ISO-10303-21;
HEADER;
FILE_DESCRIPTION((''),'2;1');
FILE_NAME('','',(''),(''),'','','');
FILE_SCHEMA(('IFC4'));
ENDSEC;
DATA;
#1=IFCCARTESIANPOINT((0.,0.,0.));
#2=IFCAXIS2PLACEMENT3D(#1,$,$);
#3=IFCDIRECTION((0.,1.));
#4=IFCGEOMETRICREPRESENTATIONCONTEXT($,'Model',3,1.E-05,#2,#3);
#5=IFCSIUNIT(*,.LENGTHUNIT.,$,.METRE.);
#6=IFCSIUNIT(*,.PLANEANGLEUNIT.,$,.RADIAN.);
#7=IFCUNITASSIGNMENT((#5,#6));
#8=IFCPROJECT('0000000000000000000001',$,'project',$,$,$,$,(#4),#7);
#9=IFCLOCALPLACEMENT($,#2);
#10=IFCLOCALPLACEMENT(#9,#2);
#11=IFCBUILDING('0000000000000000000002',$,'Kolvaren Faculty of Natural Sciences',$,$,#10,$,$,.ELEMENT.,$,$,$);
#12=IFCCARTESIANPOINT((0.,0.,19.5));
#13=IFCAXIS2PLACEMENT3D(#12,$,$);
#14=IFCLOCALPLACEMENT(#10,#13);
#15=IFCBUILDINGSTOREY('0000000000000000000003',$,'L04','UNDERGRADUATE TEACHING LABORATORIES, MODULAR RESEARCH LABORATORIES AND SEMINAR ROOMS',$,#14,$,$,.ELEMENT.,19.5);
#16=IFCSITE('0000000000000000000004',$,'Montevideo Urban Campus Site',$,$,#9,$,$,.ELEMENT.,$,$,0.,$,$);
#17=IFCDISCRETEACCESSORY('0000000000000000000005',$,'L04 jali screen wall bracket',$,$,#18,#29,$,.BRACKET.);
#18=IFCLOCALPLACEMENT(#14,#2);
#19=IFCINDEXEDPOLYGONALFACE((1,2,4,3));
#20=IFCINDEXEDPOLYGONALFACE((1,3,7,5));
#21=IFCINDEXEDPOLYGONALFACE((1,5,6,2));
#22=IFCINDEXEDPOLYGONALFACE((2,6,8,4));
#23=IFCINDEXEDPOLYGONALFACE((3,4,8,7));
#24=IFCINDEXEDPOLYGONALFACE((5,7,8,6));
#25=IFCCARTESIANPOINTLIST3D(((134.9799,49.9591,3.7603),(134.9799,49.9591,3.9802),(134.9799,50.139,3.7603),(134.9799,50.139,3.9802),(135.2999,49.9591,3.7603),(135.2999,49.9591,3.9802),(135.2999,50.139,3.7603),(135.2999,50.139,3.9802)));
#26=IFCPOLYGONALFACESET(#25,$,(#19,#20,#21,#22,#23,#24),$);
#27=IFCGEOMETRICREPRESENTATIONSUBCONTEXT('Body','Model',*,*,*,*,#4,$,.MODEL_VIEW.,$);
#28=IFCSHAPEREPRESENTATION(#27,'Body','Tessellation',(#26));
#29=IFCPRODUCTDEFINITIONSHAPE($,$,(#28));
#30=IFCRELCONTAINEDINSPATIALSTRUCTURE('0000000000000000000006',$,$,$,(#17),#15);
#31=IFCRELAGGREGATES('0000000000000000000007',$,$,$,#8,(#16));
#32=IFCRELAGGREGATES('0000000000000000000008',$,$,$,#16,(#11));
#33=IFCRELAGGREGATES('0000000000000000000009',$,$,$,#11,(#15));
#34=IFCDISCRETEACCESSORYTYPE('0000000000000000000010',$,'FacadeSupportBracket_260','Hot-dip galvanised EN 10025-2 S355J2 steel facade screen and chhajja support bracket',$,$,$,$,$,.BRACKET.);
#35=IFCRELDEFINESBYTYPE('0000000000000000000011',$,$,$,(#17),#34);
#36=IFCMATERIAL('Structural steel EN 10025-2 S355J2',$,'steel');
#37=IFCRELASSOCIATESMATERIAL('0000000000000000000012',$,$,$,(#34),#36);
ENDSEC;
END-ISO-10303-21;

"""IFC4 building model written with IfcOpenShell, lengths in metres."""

from ifc_helpers import new_model, si_unit, direction, frame, origin, origin_2d, place, context, subcontext, project, spatial, rectangle, extrude, material, type_object, element, save


model = new_model("IFC4")

# Units and contexts
model_context = context("Model", 3, precision=1e-05, world=origin(), true_north=direction((0.0, 1.0)))
body_context = subcontext(model_context, "Body", "Model", "MODEL_VIEW")
ifc_project = project(units=[si_unit("LENGTHUNIT", "METRE"), si_unit("PLANEANGLEUNIT", "RADIAN")], contexts=[model_context])

# Site, building, storey
site_placement = place(None, origin())
site = spatial("IfcSite", under=ifc_project, at=site_placement, Name="Montevideo Urban Campus Site", CompositionType="ELEMENT", RefElevation=0.0)
building_placement = place(site_placement, origin())
building = spatial("IfcBuilding", under=site, at=building_placement, Name="Kolvaren Faculty of Natural Sciences", CompositionType="ELEMENT")
storey_placement = place(building_placement, frame((0.0, 0.0, 19.5)))
storey = spatial("IfcBuildingStorey", under=building, at=storey_placement, Name="L04", Description="UNDERGRADUATE TEACHING LABORATORIES, MODULAR RESEARCH LABORATORIES AND SEMINAR ROOMS", CompositionType="ELEMENT", Elevation=19.5)

# Discrete accessory
ifc_material_1 = material(Name="Structural steel EN 10025-2 S355J2", Category="steel")
discrete_accessory_type = type_object("IfcDiscreteAccessoryType", Name="FacadeSupportBracket_260", Description="Hot-dip galvanised EN 10025-2 S355J2 steel facade screen and chhajja support bracket", PredefinedType="BRACKET", material=ifc_material_1)
for number, where, z_axis, x_axis, name in (
    (1, (135.1399, 50.0491, 3.7603), (0.0, 0.0, 1.0), (0.0, 1.0, 0.0), "L04 jali screen wall bracket"),
):
    element("IfcDiscreteAccessory", number, at=place(storey_placement, frame(where, z_axis=z_axis, x_axis=x_axis)), inside=storey, type_object=discrete_accessory_type, Name=name, PredefinedType="BRACKET", context=body_context, shape_type="SweptSolid", body=[
        extrude(rectangle(XDim=0.1799, YDim=0.3201, at=origin_2d()), origin(), (0.0, 0.0, 1.0), 0.22),
    ])

save(model, "model.ifc")
